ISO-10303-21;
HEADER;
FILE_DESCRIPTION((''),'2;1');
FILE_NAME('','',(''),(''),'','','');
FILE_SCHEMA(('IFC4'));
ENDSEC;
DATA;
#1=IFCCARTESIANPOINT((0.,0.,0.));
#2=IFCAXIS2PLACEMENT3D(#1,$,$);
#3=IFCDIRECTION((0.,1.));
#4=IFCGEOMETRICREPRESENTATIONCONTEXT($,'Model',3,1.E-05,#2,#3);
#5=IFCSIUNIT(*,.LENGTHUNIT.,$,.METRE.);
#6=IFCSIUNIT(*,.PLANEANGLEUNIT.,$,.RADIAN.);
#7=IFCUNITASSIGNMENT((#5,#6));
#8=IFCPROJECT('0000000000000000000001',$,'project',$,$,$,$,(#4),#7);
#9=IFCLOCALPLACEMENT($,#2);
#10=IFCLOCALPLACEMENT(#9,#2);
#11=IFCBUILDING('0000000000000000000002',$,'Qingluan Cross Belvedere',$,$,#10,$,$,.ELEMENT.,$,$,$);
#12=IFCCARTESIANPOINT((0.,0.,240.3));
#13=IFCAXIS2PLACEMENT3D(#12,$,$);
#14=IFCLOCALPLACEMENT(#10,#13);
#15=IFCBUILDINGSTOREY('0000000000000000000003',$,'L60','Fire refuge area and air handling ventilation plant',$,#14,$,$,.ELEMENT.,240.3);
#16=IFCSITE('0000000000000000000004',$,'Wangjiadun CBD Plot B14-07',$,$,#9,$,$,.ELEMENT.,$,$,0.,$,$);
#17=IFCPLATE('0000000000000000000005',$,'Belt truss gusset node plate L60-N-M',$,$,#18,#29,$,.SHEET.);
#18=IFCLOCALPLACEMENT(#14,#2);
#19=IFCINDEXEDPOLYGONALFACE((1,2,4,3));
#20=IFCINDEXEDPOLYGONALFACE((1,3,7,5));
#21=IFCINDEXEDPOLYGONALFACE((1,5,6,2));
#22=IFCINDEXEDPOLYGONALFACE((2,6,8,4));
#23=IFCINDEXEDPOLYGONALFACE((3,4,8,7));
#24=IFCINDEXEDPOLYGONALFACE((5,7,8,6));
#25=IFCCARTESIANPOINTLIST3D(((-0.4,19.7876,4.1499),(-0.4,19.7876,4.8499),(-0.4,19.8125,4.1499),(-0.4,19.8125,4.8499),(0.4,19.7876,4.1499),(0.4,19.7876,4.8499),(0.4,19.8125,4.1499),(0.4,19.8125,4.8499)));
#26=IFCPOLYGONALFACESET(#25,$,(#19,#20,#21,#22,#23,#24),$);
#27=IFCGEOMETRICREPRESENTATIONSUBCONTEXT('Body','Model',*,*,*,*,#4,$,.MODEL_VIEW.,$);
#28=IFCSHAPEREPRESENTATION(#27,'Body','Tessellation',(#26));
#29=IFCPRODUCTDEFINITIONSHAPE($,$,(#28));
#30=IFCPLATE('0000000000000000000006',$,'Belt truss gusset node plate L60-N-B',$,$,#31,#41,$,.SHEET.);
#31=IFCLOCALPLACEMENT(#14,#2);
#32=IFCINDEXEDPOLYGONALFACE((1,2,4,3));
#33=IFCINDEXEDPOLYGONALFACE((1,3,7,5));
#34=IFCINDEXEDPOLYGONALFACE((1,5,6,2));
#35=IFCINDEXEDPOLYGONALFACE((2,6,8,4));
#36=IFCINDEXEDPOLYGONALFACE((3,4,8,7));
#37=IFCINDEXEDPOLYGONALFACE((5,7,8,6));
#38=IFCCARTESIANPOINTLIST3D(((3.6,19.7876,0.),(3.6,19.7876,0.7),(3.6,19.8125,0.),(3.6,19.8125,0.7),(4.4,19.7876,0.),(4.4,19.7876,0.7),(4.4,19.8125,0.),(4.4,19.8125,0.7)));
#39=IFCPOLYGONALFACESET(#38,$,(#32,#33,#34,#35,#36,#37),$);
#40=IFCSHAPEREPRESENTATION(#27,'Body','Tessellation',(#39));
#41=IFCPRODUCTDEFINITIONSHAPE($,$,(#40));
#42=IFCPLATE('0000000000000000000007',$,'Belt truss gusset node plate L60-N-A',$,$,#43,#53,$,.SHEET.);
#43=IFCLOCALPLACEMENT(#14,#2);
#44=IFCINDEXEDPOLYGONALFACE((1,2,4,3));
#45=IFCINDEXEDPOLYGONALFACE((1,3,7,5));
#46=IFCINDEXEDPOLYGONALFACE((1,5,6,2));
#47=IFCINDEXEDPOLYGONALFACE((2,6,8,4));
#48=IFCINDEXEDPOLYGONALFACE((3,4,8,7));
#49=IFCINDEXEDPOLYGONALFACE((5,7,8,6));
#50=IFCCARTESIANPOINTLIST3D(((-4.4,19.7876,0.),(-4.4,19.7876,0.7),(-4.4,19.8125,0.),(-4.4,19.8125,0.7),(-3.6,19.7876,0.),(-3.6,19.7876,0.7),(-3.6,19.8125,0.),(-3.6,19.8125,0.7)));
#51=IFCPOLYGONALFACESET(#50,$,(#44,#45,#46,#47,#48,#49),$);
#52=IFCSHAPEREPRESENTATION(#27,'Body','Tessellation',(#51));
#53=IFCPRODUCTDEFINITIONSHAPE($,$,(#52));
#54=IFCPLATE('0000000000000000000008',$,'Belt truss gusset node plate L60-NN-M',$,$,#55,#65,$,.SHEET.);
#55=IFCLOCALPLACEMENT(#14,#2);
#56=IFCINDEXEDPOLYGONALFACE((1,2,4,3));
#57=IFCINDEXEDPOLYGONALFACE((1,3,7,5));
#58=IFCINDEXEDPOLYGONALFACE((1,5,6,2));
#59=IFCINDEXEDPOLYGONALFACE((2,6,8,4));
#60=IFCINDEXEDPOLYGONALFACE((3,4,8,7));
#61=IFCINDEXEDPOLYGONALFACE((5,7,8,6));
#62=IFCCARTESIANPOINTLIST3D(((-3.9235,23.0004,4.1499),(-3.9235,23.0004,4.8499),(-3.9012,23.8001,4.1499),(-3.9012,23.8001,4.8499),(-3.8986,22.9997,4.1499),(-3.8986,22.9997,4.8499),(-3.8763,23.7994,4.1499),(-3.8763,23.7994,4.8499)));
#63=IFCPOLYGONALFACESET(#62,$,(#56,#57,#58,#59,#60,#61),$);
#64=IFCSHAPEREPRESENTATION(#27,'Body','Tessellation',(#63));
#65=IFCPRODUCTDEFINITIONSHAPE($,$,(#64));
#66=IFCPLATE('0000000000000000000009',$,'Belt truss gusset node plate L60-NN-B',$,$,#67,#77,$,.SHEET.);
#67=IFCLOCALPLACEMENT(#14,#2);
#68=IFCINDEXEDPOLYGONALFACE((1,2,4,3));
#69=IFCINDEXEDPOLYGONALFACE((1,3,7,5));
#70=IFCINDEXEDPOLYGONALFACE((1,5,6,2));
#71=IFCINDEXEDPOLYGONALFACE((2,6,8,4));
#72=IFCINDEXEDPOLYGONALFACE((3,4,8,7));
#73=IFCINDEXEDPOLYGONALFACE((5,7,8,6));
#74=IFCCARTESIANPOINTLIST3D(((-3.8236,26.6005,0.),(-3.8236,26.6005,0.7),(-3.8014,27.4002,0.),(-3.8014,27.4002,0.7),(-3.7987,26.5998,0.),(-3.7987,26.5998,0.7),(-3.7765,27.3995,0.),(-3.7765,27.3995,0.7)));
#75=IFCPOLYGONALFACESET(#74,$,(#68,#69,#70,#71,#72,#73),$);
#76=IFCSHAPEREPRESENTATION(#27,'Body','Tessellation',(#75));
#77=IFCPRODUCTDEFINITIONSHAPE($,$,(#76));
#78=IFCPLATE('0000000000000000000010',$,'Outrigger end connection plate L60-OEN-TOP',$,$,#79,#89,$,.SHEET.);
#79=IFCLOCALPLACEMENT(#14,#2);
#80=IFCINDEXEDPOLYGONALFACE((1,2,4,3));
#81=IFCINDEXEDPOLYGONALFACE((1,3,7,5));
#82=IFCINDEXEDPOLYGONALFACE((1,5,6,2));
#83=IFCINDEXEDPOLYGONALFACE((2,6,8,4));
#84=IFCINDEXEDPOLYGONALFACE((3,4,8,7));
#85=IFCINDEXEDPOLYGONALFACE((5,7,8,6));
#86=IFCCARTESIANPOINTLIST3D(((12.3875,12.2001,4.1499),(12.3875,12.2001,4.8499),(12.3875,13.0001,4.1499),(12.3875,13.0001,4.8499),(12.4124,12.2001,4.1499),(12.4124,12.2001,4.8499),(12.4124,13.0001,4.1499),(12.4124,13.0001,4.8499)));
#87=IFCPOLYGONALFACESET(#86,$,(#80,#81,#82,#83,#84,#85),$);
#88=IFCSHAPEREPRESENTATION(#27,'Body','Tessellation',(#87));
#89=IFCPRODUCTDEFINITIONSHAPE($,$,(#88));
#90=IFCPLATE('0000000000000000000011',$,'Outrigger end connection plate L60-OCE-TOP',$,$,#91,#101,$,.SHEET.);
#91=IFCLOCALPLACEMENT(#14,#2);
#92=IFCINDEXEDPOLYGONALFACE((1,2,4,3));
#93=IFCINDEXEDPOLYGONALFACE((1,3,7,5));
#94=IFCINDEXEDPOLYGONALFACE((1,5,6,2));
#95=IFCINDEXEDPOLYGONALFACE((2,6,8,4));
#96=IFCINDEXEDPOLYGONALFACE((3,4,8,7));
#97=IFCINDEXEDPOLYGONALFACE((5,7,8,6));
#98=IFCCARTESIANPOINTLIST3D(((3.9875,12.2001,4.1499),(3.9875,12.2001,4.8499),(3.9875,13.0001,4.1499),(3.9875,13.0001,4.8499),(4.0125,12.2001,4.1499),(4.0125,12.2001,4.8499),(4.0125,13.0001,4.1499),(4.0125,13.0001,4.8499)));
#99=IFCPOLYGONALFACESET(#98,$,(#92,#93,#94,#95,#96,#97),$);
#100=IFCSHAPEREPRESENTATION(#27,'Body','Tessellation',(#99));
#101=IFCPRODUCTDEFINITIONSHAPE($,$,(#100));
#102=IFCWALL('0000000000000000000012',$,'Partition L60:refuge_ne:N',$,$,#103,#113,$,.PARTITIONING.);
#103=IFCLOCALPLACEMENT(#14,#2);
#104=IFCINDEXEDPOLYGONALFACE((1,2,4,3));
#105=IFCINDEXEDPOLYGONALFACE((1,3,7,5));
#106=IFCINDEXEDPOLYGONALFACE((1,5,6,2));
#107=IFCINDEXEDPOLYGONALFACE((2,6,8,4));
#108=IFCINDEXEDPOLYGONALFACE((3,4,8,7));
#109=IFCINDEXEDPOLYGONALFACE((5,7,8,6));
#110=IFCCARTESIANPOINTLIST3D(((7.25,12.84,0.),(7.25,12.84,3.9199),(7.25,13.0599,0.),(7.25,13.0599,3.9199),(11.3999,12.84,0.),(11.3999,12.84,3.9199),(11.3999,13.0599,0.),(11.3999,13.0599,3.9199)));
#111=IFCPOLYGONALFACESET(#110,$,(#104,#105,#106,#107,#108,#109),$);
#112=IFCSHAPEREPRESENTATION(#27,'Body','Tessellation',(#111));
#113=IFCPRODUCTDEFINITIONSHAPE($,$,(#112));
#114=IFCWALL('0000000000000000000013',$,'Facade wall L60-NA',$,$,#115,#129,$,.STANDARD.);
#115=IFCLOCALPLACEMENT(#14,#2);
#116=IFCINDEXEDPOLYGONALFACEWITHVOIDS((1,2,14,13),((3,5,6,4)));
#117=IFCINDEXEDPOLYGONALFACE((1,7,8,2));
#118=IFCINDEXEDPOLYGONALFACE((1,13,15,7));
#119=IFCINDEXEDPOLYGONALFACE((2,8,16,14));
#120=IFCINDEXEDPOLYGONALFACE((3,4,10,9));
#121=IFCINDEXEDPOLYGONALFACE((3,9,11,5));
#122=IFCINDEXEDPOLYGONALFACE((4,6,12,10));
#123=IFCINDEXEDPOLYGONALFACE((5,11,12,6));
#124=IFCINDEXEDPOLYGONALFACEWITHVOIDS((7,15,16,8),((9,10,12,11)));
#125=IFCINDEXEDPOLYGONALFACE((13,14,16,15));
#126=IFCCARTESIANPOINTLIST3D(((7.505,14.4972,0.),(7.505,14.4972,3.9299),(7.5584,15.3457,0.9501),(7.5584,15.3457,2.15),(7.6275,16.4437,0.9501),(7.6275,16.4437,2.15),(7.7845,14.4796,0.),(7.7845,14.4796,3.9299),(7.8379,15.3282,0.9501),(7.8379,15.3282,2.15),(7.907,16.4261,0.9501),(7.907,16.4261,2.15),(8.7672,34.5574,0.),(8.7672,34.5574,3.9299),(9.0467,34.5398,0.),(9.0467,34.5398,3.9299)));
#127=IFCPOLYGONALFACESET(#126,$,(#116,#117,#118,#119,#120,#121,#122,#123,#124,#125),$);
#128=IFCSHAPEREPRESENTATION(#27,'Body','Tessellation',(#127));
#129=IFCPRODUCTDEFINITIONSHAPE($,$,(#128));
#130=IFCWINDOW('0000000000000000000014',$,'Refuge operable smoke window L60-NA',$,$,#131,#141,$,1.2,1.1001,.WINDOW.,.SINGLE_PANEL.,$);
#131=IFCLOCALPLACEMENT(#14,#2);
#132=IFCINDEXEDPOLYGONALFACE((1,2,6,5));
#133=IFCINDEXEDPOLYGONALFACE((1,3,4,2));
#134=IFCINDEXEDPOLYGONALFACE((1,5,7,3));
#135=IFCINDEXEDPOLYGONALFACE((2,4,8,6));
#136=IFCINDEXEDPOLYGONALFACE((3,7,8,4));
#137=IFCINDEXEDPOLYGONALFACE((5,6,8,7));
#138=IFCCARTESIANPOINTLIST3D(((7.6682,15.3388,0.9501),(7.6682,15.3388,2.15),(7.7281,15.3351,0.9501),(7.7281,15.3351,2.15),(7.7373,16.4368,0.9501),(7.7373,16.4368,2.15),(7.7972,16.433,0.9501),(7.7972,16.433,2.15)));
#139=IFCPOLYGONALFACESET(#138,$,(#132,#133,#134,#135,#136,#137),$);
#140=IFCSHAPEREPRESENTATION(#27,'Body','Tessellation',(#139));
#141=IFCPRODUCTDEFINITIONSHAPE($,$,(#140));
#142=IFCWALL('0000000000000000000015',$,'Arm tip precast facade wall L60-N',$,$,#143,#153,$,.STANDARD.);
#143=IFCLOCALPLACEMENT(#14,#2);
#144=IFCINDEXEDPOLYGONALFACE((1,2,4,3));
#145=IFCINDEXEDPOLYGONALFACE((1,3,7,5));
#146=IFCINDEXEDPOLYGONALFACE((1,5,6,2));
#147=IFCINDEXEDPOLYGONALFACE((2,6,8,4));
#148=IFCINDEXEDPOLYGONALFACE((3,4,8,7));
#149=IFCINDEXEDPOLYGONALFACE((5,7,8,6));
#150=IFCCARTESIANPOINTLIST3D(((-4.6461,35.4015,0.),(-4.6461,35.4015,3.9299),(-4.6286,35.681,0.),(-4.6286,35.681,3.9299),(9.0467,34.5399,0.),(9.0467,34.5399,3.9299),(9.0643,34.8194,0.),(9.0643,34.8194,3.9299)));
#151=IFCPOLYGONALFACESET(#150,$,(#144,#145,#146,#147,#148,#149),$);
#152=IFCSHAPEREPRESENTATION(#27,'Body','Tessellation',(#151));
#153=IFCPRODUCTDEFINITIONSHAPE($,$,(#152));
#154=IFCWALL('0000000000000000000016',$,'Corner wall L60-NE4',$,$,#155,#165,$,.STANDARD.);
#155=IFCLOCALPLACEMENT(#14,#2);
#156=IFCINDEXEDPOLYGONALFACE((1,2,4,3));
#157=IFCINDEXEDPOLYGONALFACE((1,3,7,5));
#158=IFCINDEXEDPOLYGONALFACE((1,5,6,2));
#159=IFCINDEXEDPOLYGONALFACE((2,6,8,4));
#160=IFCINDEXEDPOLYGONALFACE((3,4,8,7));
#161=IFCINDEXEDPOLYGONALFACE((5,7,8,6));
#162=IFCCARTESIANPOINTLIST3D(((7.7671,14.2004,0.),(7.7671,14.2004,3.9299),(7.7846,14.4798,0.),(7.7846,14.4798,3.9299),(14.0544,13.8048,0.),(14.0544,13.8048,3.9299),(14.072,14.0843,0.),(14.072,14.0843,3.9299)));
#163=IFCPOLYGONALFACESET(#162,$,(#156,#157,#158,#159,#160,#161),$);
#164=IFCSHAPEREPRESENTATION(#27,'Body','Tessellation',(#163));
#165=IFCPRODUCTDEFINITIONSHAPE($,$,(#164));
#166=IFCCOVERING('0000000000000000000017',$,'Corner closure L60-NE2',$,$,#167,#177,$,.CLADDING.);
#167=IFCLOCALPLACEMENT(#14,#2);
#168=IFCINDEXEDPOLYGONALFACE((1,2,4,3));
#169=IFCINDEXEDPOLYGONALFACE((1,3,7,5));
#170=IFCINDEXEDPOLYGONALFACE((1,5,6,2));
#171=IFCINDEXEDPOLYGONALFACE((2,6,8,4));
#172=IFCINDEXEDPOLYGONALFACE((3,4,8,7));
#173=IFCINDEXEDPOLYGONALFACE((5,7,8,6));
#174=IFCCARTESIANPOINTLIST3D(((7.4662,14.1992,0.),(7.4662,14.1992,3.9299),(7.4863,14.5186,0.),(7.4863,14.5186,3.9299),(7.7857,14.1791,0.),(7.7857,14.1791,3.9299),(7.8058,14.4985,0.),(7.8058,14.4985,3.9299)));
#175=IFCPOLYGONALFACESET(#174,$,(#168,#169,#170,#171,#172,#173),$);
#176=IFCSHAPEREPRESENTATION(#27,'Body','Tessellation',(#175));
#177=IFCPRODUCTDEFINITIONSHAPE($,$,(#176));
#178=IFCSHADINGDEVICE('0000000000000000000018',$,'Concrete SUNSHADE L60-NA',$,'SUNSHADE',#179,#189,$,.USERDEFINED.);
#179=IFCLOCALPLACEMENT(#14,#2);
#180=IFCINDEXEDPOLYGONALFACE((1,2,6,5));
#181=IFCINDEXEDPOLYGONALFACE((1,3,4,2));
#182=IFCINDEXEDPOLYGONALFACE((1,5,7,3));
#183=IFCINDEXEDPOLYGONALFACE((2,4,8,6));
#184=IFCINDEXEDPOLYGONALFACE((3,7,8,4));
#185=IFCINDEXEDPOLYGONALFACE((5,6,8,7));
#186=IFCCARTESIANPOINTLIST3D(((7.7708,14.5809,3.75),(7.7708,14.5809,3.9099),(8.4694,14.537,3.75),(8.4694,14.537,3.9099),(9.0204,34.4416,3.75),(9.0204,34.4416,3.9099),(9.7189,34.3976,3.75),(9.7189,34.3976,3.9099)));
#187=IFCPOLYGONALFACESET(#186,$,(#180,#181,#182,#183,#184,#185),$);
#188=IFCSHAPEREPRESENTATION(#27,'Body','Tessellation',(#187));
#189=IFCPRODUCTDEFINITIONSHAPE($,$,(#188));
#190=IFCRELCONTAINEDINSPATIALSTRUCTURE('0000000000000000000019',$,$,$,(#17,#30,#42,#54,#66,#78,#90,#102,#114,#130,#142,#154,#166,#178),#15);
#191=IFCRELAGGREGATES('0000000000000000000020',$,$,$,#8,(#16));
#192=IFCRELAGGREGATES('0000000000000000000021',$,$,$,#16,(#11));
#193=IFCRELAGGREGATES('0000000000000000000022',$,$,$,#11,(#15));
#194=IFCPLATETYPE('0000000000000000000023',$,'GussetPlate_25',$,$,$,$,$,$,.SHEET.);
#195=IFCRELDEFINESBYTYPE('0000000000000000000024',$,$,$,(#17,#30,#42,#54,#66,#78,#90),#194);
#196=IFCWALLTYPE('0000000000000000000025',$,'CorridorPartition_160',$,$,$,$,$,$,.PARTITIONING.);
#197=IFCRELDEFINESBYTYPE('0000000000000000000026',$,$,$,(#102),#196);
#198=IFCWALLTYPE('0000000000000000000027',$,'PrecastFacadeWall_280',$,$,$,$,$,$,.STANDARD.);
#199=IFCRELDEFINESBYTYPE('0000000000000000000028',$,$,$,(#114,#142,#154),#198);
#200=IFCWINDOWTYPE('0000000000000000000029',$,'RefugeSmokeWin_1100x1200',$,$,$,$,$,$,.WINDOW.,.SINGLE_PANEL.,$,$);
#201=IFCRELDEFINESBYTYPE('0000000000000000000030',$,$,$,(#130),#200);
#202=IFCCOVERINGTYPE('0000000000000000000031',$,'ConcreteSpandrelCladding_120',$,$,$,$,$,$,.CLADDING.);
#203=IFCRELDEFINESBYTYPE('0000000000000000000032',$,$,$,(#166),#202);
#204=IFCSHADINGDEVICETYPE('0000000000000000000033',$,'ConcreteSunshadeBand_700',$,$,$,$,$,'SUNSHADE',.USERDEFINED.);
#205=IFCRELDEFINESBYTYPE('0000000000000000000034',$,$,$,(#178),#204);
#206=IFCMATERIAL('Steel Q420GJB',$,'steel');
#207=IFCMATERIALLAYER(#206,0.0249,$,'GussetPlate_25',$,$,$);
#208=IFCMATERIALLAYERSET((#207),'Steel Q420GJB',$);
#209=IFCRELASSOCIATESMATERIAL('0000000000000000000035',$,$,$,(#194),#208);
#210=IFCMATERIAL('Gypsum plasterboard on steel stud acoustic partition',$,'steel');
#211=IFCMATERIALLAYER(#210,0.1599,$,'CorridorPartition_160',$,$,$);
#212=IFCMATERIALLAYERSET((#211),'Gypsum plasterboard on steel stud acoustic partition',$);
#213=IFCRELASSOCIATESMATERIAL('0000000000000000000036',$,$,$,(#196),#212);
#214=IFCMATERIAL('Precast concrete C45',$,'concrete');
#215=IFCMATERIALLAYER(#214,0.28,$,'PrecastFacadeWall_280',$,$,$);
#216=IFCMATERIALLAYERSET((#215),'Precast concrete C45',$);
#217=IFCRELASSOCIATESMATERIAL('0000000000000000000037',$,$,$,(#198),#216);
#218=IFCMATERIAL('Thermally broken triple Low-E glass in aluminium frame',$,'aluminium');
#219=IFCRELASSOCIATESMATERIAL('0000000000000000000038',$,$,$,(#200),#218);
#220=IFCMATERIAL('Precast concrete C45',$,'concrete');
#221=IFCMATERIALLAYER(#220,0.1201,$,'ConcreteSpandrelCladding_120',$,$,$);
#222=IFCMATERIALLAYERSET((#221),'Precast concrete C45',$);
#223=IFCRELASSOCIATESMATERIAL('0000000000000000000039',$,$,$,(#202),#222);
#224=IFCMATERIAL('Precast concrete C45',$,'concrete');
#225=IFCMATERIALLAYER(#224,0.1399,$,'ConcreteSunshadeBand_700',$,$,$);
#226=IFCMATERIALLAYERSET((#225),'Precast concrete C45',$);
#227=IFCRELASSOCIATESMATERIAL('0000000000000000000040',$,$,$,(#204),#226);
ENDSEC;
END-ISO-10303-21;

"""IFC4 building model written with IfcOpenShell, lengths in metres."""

from ifc_helpers import new_model, si_unit, direction, frame, frame_2d, origin, origin_2d, place, context, subcontext, project, spatial, rectangle, extrude, material, layer, layer_set, type_object, element, fill, save


model = new_model("IFC4")

# Units and contexts
model_context = context("Model", 3, precision=1e-05, world=origin(), true_north=direction((0.0, 1.0)))
body_context = subcontext(model_context, "Body", "Model", "MODEL_VIEW")
ifc_project = project(units=[si_unit("LENGTHUNIT", "METRE"), si_unit("PLANEANGLEUNIT", "RADIAN")], contexts=[model_context])

# Site, building, storey
site_placement = place(None, origin())
site = spatial("IfcSite", under=ifc_project, at=site_placement, Name="Wangjiadun CBD Plot B14-07", CompositionType="ELEMENT", RefElevation=0.0)
building_placement = place(site_placement, origin())
building = spatial("IfcBuilding", under=site, at=building_placement, Name="Qingluan Cross Belvedere", CompositionType="ELEMENT")
storey_placement = place(building_placement, frame((0.0, 0.0, 240.3)))
storey = spatial("IfcBuildingStorey", under=building, at=storey_placement, Name="L60", Description="Fire refuge area and air handling ventilation plant", CompositionType="ELEMENT", Elevation=240.3)

# Plates
ifc_material_1 = material(Name="Steel Q420GJB", Category="steel")
ifc_layer_1 = layer(ifc_material_1, 0.0249, Name="GussetPlate_25")
ifc_layer_set_1 = layer_set([ifc_layer_1], Name="Steel Q420GJB")
plate_type = type_object("IfcPlateType", Name="GussetPlate_25", PredefinedType="SHEET", material=ifc_layer_set_1)
for number, where, z_axis, x_axis, name in (
    (1, (0.0, 19.8, 4.1499), (0.0, 0.0, 1.0), (1.0, 0.0, 0.0), "Belt truss gusset node plate L60-N-M"),
    (2, (4.0, 19.8, 0.0), (0.0, 0.0, 1.0), (1.0, 0.0, 0.0), "Belt truss gusset node plate L60-N-B"),
    (3, (-4.0, 19.8, 0.0), (0.0, 0.0, 1.0), (1.0, 0.0, 0.0), "Belt truss gusset node plate L60-N-A"),
    (4, (-3.8999, 23.3999, 4.1499), (0.0, 0.0, 1.0), (0.027767, 0.999614, 0.0), "Belt truss gusset node plate L60-NN-M"),
    (5, (-3.8, 27.0, 0.0), (0.0, 0.0, 1.0), (0.027767, 0.999614, 0.0), "Belt truss gusset node plate L60-NN-B"),
    (6, (12.3999, 12.6001, 4.1499), (0.0, 0.0, 1.0), (0.0, 1.0, 0.0), "Outrigger end connection plate L60-OEN-TOP"),
    (7, (4.0, 12.6001, 4.1499), (0.0, 0.0, 1.0), (0.0, 1.0, 0.0), "Outrigger end connection plate L60-OCE-TOP"),
):
    element("IfcPlate", number, at=place(storey_placement, frame(where, z_axis=z_axis, x_axis=x_axis)), inside=storey, type_object=plate_type, Name=name, PredefinedType="SHEET", context=body_context, shape_type="SweptSolid", body=[
        extrude(rectangle(XDim=0.8, YDim=0.0249, at=origin_2d()), origin(), (0.0, 0.0, 1.0), 0.7),
    ])

# Wall
ifc_material_2 = material(Name="Gypsum plasterboard on steel stud acoustic partition", Category="steel")
ifc_layer_2 = layer(ifc_material_2, 0.1599, Name="CorridorPartition_160")
ifc_layer_set_2 = layer_set([ifc_layer_2], Name="Gypsum plasterboard on steel stud acoustic partition")
wall_type_1 = type_object("IfcWallType", Name="CorridorPartition_160", PredefinedType="PARTITIONING", material=ifc_layer_set_2)
wall_1_placement = place(storey_placement, frame((7.25, 12.95, 0.0), z_axis=(0.0, 0.0, 1.0), x_axis=(1.0, 0.0, 0.0)))
element("IfcWall", 8, at=wall_1_placement, inside=storey, type_object=wall_type_1, Name="Partition L60:refuge_ne:N", PredefinedType="PARTITIONING", context=body_context, shape_type="SweptSolid", body=[
    extrude(rectangle(XDim=4.1499, YDim=0.22, at=frame_2d((2.075, 0.0))), origin(), (0.0, 0.0, 1.0), 3.9199),
])

# Wall, opening, window
ifc_material_3 = material(Name="Precast concrete C45", Category="concrete")
ifc_layer_3 = layer(ifc_material_3, 0.28, Name="PrecastFacadeWall_280")
ifc_layer_set_3 = layer_set([ifc_layer_3], Name="Precast concrete C45")
wall_type_2 = type_object("IfcWallType", Name="PrecastFacadeWall_280", PredefinedType="STANDARD", material=ifc_layer_set_3)
wall_2_placement = place(storey_placement, frame((7.6448, 14.4885, 0.0), z_axis=(0.0, 0.0, 1.0), x_axis=(0.062796, 0.998026, 0.0)))
wall_2 = element("IfcWall", 9, at=wall_2_placement, inside=storey, type_object=wall_type_2, Name="Facade wall L60-NA", PredefinedType="STANDARD", context=body_context, shape_type="SweptSolid", body=[
    extrude(rectangle(XDim=20.0999, YDim=0.28, at=frame_2d((10.0498, 0.0))), origin(), (0.0, 0.0, 1.0), 3.9299),
])
opening_placement = place(wall_2_placement, frame((0.8501, 0.0, 0.95)))
opening = element("IfcOpeningElement", 10, at=opening_placement, cuts=wall_2, PredefinedType="OPENING", context=body_context, shape_type="SweptSolid", body=[
    extrude(rectangle(XDim=1.1001, YDim=1.2, at=frame_2d((0.55, 0.6001))), frame((0.0, 0.1499, 0.0), z_axis=(0.0, -1.0, 0.0), x_axis=(1.0, 0.0, 0.0)), (0.0, 0.0, 1.0), 0.3),
])
ifc_material_4 = material(Name="Thermally broken triple Low-E glass in aluminium frame", Category="aluminium")
window_type = type_object("IfcWindowType", Name="RefugeSmokeWin_1100x1200", PartitioningType="SINGLE_PANEL", PredefinedType="WINDOW", material=ifc_material_4)
window_placement = place(opening_placement, origin())
window = element("IfcWindow", 11, at=window_placement, inside=storey, type_object=window_type, Name="Refuge operable smoke window L60-NA", OverallHeight=1.2, OverallWidth=1.1001, PartitioningType="SINGLE_PANEL", PredefinedType="WINDOW", context=body_context, shape_type="SweptSolid", body=[
    extrude(rectangle(XDim=1.1001, YDim=1.2, at=frame_2d((0.55, 0.6001))), frame((0.0, 0.03, 0.0), z_axis=(0.0, -1.0, 0.0), x_axis=(1.0, 0.0, 0.0)), (0.0, 0.0, 1.0), 0.0601),
])
fill(opening, window)

# Walls
wall_3_placement = place(storey_placement, frame((9.0554, 34.6797, 0.0), z_axis=(0.0, 0.0, 1.0), x_axis=(-0.998026, 0.062797, 0.0)))
element("IfcWall", 12, at=wall_3_placement, inside=storey, type_object=wall_type_2, Name="Arm tip precast facade wall L60-N", PredefinedType="STANDARD", context=body_context, shape_type="SweptSolid", body=[
    extrude(rectangle(XDim=13.72, YDim=0.28, at=frame_2d((6.8599, 0.0))), origin(), (0.0, 0.0, 1.0), 3.9299),
])
wall_4_placement = place(storey_placement, frame((14.0632, 13.9446, 0.0), z_axis=(0.0, 0.0, 1.0), x_axis=(-0.998027, 0.062781, 0.0)))
element("IfcWall", 13, at=wall_4_placement, inside=storey, type_object=wall_type_2, Name="Corner wall L60-NE4", PredefinedType="STANDARD", context=body_context, shape_type="SweptSolid", body=[
    extrude(rectangle(XDim=6.2998, YDim=0.28, at=frame_2d((3.1499, 0.0))), origin(), (0.0, 0.0, 1.0), 3.9299),
])

# Covering
ifc_material_5 = material(Name="Precast concrete C45", Category="concrete")
ifc_layer_4 = layer(ifc_material_5, 0.1201, Name="ConcreteSpandrelCladding_120")
ifc_layer_set_4 = layer_set([ifc_layer_4], Name="Precast concrete C45")
covering_type = type_object("IfcCoveringType", Name="ConcreteSpandrelCladding_120", PredefinedType="CLADDING", material=ifc_layer_set_4)
covering_placement = place(storey_placement, frame((7.636, 14.3489, 0.0), z_axis=(0.0, 0.0, 1.0), x_axis=(0.998027, -0.062791, 0.0)))
element("IfcCovering", 14, at=covering_placement, inside=storey, type_object=covering_type, Name="Corner closure L60-NE2", PredefinedType="CLADDING", context=body_context, shape_type="SweptSolid", body=[
    extrude(rectangle(XDim=0.3201, YDim=0.3201, at=origin_2d()), origin(), (0.0, 0.0, 1.0), 3.9299),
])

# Shading device
ifc_material_6 = material(Name="Precast concrete C45", Category="concrete")
ifc_layer_5 = layer(ifc_material_6, 0.1399, Name="ConcreteSunshadeBand_700")
ifc_layer_set_5 = layer_set([ifc_layer_5], Name="Precast concrete C45")
shading_device_type_1 = type_object("IfcShadingDeviceType", Name="ConcreteSunshadeBand_700", ElementType="SUNSHADE", PredefinedType="USERDEFINED", material=ifc_layer_set_5)
shading_device_1_placement = place(storey_placement, frame((8.7449, 24.4893, 3.75), z_axis=(0.0, 0.0, 1.0), x_axis=(0.062791, 0.998027, 0.0)))
element("IfcShadingDevice", 15, at=shading_device_1_placement, inside=storey, type_object=shading_device_type_1, Name="Concrete SUNSHADE L60-NA", ObjectType="SUNSHADE", PredefinedType="USERDEFINED", context=body_context, shape_type="SweptSolid", body=[
    extrude(rectangle(XDim=19.8999, YDim=0.7, at=origin_2d()), origin(), (0.0, 0.0, 1.0), 0.1599),
])

save(model, "model.ifc")
